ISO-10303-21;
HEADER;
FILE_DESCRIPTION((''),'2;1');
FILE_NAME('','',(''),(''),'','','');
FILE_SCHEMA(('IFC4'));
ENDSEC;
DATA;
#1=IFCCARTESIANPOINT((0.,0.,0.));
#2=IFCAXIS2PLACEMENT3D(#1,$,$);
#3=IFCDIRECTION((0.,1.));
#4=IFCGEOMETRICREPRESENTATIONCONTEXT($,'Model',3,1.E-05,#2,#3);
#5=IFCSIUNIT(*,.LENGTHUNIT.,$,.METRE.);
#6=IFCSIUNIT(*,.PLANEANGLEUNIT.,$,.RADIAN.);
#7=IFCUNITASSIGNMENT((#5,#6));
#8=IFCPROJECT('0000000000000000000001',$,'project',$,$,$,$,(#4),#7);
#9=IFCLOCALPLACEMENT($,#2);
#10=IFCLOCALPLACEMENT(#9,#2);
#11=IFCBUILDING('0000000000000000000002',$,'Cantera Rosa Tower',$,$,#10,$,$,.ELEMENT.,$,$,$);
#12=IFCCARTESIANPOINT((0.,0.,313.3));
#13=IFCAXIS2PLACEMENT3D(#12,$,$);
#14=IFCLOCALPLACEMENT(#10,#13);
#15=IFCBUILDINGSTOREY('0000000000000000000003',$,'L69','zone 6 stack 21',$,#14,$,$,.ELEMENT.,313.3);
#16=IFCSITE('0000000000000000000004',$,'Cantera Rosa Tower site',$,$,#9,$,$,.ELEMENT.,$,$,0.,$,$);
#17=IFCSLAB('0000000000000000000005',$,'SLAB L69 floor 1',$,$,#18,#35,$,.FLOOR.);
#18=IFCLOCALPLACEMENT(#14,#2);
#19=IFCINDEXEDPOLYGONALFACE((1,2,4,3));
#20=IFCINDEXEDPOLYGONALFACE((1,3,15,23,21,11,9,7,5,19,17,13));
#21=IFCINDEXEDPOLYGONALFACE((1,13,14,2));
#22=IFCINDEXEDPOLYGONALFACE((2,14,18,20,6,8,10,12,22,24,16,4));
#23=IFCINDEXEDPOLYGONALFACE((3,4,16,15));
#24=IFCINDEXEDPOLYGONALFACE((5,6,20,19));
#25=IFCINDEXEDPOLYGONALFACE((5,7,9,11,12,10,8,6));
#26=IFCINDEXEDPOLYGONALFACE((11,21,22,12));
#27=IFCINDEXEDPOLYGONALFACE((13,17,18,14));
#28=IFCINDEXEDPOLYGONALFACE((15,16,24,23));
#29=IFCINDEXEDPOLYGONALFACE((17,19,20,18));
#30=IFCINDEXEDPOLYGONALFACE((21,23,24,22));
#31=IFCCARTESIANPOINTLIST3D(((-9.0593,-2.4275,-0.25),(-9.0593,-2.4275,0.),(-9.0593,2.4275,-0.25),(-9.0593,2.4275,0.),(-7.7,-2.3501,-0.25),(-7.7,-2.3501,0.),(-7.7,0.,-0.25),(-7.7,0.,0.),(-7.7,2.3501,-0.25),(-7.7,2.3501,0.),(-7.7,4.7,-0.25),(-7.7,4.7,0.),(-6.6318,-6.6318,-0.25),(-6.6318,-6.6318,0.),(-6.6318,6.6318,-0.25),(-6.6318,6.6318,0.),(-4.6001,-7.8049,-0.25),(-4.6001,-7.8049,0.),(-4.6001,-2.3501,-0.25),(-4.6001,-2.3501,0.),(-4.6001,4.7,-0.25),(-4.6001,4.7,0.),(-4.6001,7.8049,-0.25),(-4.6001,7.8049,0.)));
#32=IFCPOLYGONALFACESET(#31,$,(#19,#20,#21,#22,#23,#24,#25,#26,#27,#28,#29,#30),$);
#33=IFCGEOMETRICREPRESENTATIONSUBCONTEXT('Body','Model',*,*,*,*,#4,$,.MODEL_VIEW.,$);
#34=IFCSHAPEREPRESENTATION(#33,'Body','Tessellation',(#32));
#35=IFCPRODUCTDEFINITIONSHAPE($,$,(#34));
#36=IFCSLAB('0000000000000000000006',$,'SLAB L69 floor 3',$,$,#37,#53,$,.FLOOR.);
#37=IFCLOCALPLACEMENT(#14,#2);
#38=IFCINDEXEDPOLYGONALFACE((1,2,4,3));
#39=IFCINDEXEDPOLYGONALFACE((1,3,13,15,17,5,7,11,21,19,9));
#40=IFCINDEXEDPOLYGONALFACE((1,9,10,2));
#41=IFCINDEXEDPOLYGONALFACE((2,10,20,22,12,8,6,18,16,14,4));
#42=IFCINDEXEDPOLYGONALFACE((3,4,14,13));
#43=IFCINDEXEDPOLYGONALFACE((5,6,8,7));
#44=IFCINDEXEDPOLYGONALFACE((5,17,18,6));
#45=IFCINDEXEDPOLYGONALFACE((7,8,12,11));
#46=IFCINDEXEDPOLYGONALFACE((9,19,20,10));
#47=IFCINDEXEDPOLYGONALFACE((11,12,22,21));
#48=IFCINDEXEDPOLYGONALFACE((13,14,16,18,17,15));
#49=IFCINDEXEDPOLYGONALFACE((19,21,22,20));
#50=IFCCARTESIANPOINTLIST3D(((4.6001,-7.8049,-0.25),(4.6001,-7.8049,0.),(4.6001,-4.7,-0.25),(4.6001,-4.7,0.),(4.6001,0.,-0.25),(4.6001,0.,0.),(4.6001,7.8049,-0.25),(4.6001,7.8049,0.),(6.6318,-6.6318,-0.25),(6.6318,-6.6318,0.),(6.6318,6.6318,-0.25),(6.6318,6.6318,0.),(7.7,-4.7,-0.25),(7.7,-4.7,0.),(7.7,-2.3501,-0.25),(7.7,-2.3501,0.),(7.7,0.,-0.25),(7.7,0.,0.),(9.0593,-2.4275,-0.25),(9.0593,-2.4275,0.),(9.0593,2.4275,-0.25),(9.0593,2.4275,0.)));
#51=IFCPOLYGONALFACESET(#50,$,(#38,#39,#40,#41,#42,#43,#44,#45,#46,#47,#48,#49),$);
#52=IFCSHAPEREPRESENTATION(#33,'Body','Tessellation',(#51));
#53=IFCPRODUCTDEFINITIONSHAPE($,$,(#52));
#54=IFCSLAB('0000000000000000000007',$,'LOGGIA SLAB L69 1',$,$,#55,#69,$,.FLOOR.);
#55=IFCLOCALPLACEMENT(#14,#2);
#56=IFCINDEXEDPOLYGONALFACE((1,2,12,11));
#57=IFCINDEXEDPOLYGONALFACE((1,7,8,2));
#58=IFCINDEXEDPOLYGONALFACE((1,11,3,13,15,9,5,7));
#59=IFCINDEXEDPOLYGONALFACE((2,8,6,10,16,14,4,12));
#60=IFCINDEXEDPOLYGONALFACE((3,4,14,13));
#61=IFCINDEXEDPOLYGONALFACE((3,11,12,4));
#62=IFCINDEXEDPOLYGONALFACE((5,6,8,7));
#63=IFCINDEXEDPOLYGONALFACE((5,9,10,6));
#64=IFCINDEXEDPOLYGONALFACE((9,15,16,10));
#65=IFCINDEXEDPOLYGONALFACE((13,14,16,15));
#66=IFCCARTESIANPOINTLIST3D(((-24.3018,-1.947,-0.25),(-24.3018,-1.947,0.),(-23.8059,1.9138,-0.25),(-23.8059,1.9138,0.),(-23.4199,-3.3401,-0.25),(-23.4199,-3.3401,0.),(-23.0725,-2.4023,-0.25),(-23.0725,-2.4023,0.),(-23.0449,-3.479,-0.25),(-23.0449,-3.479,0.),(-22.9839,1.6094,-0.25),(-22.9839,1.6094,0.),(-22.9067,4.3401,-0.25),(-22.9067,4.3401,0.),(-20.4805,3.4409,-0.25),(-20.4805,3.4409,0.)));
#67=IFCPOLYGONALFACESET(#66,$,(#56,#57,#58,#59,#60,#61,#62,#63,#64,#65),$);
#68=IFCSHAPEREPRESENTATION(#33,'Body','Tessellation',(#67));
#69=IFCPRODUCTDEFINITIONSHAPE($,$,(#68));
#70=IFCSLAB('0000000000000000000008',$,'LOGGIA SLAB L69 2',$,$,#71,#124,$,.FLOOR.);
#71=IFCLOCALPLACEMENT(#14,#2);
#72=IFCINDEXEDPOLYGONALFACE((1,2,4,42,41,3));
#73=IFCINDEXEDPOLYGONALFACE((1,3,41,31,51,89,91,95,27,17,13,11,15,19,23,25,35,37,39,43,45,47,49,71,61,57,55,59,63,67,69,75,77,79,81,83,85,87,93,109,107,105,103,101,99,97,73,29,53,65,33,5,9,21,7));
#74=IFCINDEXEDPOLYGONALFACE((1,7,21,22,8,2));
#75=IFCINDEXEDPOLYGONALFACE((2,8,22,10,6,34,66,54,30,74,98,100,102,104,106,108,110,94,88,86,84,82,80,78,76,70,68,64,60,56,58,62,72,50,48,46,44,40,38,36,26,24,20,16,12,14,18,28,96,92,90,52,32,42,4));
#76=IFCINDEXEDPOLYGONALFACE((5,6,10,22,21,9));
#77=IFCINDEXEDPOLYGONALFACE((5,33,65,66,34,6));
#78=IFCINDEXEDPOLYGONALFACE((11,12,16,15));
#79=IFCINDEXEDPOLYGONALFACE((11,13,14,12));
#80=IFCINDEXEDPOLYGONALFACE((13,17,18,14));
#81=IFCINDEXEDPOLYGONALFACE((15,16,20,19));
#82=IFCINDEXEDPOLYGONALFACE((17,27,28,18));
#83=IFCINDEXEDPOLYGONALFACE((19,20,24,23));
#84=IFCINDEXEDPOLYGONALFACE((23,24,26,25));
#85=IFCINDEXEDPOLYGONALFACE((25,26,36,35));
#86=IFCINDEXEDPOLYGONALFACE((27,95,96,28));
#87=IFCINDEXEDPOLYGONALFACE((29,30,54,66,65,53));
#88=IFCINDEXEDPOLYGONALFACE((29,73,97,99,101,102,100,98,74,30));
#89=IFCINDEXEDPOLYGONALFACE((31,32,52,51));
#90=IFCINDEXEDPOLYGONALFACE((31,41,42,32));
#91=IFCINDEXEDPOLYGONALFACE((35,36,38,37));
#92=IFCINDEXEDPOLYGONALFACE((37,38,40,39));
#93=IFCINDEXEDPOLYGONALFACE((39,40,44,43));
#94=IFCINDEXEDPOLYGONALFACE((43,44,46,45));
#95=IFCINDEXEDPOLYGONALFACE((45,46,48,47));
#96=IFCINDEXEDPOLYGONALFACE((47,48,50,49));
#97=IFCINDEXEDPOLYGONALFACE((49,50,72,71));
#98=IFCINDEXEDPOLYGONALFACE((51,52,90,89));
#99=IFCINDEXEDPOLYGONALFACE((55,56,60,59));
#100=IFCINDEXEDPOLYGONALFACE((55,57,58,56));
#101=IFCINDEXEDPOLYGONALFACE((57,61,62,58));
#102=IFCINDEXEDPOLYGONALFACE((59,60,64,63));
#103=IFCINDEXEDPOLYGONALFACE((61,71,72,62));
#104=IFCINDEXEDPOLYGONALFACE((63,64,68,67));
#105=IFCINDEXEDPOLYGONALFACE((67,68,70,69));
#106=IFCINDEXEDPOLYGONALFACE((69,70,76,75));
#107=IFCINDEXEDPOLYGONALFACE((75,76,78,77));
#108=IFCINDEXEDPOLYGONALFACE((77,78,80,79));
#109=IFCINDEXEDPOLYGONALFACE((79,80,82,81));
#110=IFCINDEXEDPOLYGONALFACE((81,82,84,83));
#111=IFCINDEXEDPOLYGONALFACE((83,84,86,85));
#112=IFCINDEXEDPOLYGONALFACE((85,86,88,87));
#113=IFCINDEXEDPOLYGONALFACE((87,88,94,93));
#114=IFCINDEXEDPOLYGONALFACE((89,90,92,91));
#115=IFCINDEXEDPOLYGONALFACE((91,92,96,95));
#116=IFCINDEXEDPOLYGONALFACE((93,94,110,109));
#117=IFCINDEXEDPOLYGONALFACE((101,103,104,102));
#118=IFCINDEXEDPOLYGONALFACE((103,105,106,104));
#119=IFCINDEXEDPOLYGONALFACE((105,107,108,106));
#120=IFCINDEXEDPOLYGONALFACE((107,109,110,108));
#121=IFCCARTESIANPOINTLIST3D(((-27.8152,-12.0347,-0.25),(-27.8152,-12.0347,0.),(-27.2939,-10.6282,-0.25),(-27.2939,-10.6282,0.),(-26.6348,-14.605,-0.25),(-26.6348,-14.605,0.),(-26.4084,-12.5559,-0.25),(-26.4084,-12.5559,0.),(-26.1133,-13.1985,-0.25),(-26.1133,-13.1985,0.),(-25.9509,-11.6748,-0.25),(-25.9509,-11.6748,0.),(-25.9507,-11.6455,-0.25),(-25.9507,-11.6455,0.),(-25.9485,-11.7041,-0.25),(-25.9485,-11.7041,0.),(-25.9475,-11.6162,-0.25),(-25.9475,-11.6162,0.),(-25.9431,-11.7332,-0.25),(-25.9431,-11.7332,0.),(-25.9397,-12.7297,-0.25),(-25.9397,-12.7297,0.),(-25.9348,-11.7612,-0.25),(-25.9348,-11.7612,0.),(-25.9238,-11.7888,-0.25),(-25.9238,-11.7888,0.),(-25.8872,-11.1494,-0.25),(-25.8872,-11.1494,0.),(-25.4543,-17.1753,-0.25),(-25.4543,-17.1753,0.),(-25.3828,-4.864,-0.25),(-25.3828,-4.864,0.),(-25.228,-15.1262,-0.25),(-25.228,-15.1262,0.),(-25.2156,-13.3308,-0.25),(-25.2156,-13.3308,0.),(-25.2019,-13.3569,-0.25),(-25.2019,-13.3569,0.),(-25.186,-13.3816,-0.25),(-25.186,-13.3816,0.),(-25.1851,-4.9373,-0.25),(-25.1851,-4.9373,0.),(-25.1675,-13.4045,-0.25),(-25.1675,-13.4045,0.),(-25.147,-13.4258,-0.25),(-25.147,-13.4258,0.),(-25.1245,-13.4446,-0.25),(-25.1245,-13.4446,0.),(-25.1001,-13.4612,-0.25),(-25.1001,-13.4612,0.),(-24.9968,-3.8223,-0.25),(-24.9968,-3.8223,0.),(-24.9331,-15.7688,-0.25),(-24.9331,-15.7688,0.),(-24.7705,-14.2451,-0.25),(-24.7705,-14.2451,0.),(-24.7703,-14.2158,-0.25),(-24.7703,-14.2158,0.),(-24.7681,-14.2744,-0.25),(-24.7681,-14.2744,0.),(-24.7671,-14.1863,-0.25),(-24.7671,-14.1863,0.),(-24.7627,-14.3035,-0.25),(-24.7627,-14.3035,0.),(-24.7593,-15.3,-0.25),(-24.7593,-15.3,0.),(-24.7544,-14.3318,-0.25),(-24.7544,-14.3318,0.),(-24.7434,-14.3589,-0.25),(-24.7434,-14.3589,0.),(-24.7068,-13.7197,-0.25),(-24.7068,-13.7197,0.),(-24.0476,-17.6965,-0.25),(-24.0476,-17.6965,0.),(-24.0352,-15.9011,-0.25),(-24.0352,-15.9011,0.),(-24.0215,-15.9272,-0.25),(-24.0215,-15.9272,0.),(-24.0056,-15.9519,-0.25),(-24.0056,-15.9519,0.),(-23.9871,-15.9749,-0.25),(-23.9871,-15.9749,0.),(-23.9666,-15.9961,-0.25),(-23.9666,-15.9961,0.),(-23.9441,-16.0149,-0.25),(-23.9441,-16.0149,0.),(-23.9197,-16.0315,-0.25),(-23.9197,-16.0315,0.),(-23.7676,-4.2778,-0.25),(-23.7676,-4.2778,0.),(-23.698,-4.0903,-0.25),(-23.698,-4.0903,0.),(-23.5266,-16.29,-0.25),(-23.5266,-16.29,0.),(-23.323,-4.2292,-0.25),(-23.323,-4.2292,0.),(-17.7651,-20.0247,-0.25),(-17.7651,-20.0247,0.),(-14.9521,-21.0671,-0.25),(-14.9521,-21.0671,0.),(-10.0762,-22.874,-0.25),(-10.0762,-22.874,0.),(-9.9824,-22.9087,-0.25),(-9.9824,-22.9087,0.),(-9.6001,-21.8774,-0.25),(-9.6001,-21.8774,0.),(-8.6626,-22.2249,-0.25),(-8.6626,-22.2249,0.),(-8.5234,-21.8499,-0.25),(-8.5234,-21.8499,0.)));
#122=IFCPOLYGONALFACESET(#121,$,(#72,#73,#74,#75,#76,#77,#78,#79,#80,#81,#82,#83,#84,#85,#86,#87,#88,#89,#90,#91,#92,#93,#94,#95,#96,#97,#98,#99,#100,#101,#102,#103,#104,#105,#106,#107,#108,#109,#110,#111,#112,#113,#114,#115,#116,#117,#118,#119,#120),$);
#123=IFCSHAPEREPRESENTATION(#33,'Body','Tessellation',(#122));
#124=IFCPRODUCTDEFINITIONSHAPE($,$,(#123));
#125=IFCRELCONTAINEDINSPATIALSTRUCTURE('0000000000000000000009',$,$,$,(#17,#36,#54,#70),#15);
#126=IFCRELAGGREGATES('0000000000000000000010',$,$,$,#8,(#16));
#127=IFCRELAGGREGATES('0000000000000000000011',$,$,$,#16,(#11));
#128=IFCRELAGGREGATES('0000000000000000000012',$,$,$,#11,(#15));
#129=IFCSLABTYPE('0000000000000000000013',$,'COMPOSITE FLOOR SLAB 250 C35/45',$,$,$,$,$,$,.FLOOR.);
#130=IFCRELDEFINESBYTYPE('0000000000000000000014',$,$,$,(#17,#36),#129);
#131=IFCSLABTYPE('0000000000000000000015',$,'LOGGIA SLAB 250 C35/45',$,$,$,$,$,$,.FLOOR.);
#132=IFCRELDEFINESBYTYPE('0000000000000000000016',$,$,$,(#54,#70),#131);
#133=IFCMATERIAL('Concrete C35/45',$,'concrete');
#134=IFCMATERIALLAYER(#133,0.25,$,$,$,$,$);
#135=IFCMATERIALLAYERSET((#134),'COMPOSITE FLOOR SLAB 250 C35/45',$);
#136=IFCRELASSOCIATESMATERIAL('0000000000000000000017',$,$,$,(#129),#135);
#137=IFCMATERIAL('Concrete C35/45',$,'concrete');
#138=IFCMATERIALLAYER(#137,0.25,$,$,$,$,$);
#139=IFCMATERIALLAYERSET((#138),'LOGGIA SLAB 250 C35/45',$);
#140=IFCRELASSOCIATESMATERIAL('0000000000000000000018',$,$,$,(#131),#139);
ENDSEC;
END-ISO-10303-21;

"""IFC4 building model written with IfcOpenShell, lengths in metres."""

from ifc_helpers import new_model, si_unit, direction, frame, origin, place, context, subcontext, project, spatial, polyline, outline, extrude, material, layer, layer_set, type_object, element, save


model = new_model("IFC4")

# Units and contexts
model_context = context("Model", 3, precision=1e-05, world=origin(), true_north=direction((0.0, 1.0)))
body_context = subcontext(model_context, "Body", "Model", "MODEL_VIEW")
ifc_project = project(units=[si_unit("LENGTHUNIT", "METRE"), si_unit("PLANEANGLEUNIT", "RADIAN")], contexts=[model_context])

# Site, building, storey
site_placement = place(None, origin())
site = spatial("IfcSite", under=ifc_project, at=site_placement, Name="Cantera Rosa Tower site", CompositionType="ELEMENT", RefElevation=0.0)
building_placement = place(site_placement, origin())
building = spatial("IfcBuilding", under=site, at=building_placement, Name="Cantera Rosa Tower", CompositionType="ELEMENT")
storey_placement = place(building_placement, frame((0.0, 0.0, 313.3)))
storey = spatial("IfcBuildingStorey", under=building, at=storey_placement, Name="L69", Description="zone 6 stack 21", CompositionType="ELEMENT", Elevation=313.3)

# Slabs
ifc_material_1 = material(Name="Concrete C35/45", Category="concrete")
ifc_layer_1 = layer(ifc_material_1, 0.25)
ifc_layer_set_1 = layer_set([ifc_layer_1], Name="COMPOSITE FLOOR SLAB 250 C35/45")
slab_type_1 = type_object("IfcSlabType", Name="COMPOSITE FLOOR SLAB 250 C35/45", PredefinedType="FLOOR", material=ifc_layer_set_1)
slab_1_placement = place(storey_placement, frame((0.0, 0.0, -0.25)))
element("IfcSlab", 1, at=slab_1_placement, inside=storey, type_object=slab_type_1, Name="SLAB L69 floor 1", PredefinedType="FLOOR", context=body_context, shape_type="SweptSolid", body=[
    extrude(outline(polyline([(-7.7, -2.3501), (-4.6001, -2.3501), (-4.6001, -7.8049), (-6.6318, -6.6318), (-9.0593, -2.4275), (-9.0593, 2.4275), (-6.6318, 6.6318), (-4.6001, 7.8049), (-4.6001, 4.7), (-7.7, 4.7), (-7.7, 2.3501), (-7.7, 0.0), (-7.7, -2.3501)])), origin(), (0.0, 0.0, 1.0), 0.25),
])
slab_2_placement = place(storey_placement, frame((0.0, 0.0, -0.25)))
element("IfcSlab", 2, at=slab_2_placement, inside=storey, type_object=slab_type_1, Name="SLAB L69 floor 3", PredefinedType="FLOOR", context=body_context, shape_type="SweptSolid", body=[
    extrude(outline(polyline([(4.6001, 0.0), (4.6001, 7.8049), (6.6318, 6.6318), (9.0593, 2.4275), (9.0593, -2.4275), (6.6318, -6.6318), (4.6001, -7.8049), (4.6001, -4.7), (7.7, -4.7), (7.7, -2.3501), (7.7, 0.0), (4.6001, 0.0)])), origin(), (0.0, 0.0, 1.0), 0.25),
])
ifc_material_2 = material(Name="Concrete C35/45", Category="concrete")
ifc_layer_2 = layer(ifc_material_2, 0.25)
ifc_layer_set_2 = layer_set([ifc_layer_2], Name="LOGGIA SLAB 250 C35/45")
slab_type_2 = type_object("IfcSlabType", Name="LOGGIA SLAB 250 C35/45", PredefinedType="FLOOR", material=ifc_layer_set_2)
slab_3_placement = place(storey_placement, frame((0.0, 0.0, -0.25)))
element("IfcSlab", 3, at=slab_3_placement, inside=storey, type_object=slab_type_2, Name="LOGGIA SLAB L69 1", PredefinedType="FLOOR", context=body_context, shape_type="SweptSolid", body=[
    extrude(outline(polyline([(-22.9067, 4.3401), (-20.4805, 3.4409), (-23.0449, -3.479), (-23.4199, -3.3401), (-23.0725, -2.4023), (-24.3018, -1.947), (-22.9839, 1.6094), (-23.8059, 1.9138), (-22.9067, 4.3401)])), origin(), (0.0, 0.0, 1.0), 0.25),
])
slab_4_placement = place(storey_placement, frame((0.0, 0.0, -0.25)))
element("IfcSlab", 4, at=slab_4_placement, inside=storey, type_object=slab_type_2, Name="LOGGIA SLAB L69 2", PredefinedType="FLOOR", context=body_context, shape_type="SweptSolid", body=[
    extrude(outline(polyline([(-17.7651, -20.0247), (-24.0476, -17.6965), (-25.4543, -17.1753), (-24.9331, -15.7688), (-24.7593, -15.3), (-25.228, -15.1262), (-26.6348, -14.605), (-26.1133, -13.1985), (-25.9397, -12.7297), (-26.4084, -12.5559), (-27.8152, -12.0347), (-27.2939, -10.6282), (-25.1851, -4.9373), (-25.3828, -4.864), (-24.9968, -3.8223), (-23.7676, -4.2778), (-23.698, -4.0903), (-23.323, -4.2292), (-25.8872, -11.1494), (-25.9475, -11.6162), (-25.9507, -11.6455), (-25.9509, -11.6748), (-25.9485, -11.7041), (-25.9431, -11.7332), (-25.9348, -11.7612), (-25.9238, -11.7888), (-25.2156, -13.3308), (-25.2019, -13.3569), (-25.186, -13.3816), (-25.1675, -13.4045), (-25.147, -13.4258), (-25.1245, -13.4446), (-25.1001, -13.4612), (-24.7068, -13.7197), (-24.7671, -14.1863), (-24.7703, -14.2158), (-24.7705, -14.2451), (-24.7681, -14.2744), (-24.7627, -14.3035), (-24.7544, -14.3318), (-24.7434, -14.3589), (-24.0352, -15.9011), (-24.0215, -15.9272), (-24.0056, -15.9519), (-23.9871, -15.9749), (-23.9666, -15.9961), (-23.9441, -16.0149), (-23.9197, -16.0315), (-23.5266, -16.29), (-8.5234, -21.8499), (-8.6626, -22.2249), (-9.6001, -21.8774), (-9.9824, -22.9087), (-10.0762, -22.874), (-14.9521, -21.0671), (-17.7651, -20.0247)])), origin(), (0.0, 0.0, 1.0), 0.25),
])

save(model, "model.ifc")
